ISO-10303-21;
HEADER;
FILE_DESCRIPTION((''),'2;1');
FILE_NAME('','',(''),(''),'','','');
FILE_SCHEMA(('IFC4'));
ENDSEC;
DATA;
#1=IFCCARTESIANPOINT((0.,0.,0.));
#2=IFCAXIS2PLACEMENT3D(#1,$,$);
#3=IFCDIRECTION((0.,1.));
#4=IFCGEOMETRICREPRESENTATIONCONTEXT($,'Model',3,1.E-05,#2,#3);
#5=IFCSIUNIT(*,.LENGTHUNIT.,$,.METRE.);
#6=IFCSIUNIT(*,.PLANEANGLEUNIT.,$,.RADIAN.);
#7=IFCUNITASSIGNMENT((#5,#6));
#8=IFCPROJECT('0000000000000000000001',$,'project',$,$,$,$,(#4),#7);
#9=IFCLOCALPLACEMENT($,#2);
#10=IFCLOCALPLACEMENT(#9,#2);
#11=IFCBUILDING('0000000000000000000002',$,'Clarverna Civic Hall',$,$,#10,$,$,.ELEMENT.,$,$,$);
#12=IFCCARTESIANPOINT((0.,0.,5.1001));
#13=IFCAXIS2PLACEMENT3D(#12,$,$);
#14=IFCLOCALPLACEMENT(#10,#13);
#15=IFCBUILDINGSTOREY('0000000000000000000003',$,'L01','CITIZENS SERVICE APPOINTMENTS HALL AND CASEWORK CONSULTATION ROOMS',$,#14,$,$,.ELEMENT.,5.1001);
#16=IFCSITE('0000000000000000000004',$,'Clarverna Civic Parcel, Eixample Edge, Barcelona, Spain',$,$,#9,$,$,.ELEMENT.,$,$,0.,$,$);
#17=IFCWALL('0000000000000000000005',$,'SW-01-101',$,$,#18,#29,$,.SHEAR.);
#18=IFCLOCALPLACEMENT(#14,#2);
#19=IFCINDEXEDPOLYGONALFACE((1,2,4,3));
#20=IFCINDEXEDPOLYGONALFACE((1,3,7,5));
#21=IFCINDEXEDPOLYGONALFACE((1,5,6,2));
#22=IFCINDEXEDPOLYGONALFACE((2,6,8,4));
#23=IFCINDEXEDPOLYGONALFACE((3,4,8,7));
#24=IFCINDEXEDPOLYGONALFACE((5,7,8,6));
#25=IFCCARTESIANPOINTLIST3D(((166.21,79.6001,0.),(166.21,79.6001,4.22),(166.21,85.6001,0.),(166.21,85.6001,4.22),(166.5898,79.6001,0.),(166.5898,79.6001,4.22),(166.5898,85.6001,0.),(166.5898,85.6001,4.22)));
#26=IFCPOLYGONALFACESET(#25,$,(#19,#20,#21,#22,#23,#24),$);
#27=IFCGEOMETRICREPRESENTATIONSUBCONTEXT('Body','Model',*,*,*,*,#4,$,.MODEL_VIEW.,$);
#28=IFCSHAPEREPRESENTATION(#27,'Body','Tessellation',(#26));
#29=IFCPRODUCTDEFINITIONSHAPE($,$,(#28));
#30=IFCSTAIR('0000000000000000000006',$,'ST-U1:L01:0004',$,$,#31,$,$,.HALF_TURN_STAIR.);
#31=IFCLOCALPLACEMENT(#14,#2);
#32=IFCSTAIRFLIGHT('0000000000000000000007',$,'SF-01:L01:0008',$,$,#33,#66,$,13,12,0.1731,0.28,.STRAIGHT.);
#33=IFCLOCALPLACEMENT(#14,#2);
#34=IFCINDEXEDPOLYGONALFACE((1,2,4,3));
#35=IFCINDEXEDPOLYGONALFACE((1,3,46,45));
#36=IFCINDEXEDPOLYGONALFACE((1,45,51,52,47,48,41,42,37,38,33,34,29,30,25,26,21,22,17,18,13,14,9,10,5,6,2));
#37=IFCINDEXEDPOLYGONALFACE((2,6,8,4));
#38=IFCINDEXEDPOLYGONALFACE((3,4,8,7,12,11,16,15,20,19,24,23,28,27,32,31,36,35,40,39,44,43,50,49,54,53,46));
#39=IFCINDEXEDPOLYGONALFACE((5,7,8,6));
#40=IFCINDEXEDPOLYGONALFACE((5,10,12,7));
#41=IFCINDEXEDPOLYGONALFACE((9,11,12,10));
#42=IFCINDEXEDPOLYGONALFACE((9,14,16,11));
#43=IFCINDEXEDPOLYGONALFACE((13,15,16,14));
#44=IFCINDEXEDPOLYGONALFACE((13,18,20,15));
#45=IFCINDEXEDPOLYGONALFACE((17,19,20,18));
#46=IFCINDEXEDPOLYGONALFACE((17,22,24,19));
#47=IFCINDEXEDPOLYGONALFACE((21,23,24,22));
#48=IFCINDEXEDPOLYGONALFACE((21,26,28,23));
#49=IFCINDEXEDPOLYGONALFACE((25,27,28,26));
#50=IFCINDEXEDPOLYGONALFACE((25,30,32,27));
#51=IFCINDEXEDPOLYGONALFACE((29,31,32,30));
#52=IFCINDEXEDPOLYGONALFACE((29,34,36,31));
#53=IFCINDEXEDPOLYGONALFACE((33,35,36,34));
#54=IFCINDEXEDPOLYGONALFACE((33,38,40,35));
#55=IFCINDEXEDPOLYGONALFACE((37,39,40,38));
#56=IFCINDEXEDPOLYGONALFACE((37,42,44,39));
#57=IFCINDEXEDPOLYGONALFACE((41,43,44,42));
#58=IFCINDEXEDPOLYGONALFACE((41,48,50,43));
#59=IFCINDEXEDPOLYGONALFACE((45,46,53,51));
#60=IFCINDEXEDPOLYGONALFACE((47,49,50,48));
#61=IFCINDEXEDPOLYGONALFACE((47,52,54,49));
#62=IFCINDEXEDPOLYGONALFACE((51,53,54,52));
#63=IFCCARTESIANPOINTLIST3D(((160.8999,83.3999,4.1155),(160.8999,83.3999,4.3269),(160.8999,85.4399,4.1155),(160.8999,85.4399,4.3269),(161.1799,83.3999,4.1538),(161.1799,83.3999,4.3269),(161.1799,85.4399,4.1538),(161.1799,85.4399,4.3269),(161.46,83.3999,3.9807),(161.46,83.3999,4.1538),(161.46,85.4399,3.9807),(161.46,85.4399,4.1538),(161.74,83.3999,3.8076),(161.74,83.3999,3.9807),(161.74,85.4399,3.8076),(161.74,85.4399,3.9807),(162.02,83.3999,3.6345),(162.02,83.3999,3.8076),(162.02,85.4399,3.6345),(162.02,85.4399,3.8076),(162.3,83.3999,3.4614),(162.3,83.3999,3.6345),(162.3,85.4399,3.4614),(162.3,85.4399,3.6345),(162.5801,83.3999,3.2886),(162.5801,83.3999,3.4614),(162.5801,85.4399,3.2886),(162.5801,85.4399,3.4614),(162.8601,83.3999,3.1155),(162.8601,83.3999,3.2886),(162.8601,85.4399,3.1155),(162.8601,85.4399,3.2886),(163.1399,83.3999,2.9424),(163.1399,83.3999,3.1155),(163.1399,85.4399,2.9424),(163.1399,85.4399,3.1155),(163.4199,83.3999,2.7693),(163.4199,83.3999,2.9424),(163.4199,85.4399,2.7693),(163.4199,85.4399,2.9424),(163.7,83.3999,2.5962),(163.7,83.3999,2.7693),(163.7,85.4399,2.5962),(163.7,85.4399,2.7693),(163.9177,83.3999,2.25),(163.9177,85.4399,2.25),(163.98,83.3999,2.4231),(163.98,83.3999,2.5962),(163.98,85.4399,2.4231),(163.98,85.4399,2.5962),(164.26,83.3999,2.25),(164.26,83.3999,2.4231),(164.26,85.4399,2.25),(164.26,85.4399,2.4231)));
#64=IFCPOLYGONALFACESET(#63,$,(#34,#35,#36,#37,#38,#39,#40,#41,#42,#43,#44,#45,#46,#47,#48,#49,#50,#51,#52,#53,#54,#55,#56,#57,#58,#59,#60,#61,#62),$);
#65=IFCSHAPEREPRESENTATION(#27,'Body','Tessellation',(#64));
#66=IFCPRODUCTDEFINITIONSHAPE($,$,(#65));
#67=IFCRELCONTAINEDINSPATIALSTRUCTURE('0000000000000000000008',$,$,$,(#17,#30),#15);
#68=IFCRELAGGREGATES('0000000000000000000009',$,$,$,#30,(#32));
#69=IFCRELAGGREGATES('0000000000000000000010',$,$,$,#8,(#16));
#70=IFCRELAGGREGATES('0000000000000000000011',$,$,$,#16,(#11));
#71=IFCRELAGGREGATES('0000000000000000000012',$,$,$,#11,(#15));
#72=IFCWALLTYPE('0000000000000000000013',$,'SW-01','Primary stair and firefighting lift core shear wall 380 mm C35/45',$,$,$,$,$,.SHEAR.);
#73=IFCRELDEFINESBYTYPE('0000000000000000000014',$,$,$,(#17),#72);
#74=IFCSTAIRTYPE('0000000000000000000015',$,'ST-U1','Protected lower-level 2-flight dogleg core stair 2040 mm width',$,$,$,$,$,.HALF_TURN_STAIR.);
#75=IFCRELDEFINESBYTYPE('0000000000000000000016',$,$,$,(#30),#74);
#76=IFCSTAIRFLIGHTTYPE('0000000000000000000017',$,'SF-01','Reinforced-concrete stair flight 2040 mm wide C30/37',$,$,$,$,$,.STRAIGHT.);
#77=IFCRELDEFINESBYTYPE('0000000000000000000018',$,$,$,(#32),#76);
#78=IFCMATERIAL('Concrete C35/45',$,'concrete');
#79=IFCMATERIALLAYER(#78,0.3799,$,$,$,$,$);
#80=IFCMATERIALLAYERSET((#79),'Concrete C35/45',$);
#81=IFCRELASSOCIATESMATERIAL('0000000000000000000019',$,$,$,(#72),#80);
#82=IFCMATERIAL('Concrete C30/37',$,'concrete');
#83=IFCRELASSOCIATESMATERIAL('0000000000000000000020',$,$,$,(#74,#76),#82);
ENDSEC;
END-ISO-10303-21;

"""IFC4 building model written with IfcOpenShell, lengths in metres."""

from ifc_helpers import new_model, si_unit, direction, frame, frame_2d, origin, place, context, subcontext, project, spatial, polyline, rectangle, outline, extrude, material, layer, layer_set, type_object, element, aggregate, save


model = new_model("IFC4")

# Units and contexts
model_context = context("Model", 3, precision=1e-05, world=origin(), true_north=direction((0.0, 1.0)))
body_context = subcontext(model_context, "Body", "Model", "MODEL_VIEW")
ifc_project = project(units=[si_unit("LENGTHUNIT", "METRE"), si_unit("PLANEANGLEUNIT", "RADIAN")], contexts=[model_context])

# Site, building, storey
site_placement = place(None, origin())
site = spatial("IfcSite", under=ifc_project, at=site_placement, Name="Clarverna Civic Parcel, Eixample Edge, Barcelona, Spain", CompositionType="ELEMENT", RefElevation=0.0)
building_placement = place(site_placement, origin())
building = spatial("IfcBuilding", under=site, at=building_placement, Name="Clarverna Civic Hall", CompositionType="ELEMENT")
storey_placement = place(building_placement, frame((0.0, 0.0, 5.1001)))
storey = spatial("IfcBuildingStorey", under=building, at=storey_placement, Name="L01", Description="CITIZENS SERVICE APPOINTMENTS HALL AND CASEWORK CONSULTATION ROOMS", CompositionType="ELEMENT", Elevation=5.1001)

# Shared definitions
ifc_material_1 = material(Name="Concrete C35/45", Category="concrete")

# Wall
ifc_layer_1 = layer(ifc_material_1, 0.3799)
ifc_layer_set_1 = layer_set([ifc_layer_1], Name="Concrete C35/45")
wall_type = type_object("IfcWallType", Name="SW-01", Description="Primary stair and firefighting lift core shear wall 380 mm C35/45", PredefinedType="SHEAR", material=ifc_layer_set_1)
wall_placement = place(storey_placement, frame((166.3999, 79.6001, 0.0), z_axis=(0.0, 0.0, 1.0), x_axis=(0.0, 1.0, 0.0)))
element("IfcWall", 1, at=wall_placement, inside=storey, type_object=wall_type, Name="SW-01-101", PredefinedType="SHEAR", context=body_context, shape_type="SweptSolid", body=[
    extrude(rectangle(XDim=6.0, YDim=0.3799, at=frame_2d((3.0, 0.0))), origin(), (0.0, 0.0, 1.0), 4.22),
])

# Stair, stair flight
ifc_material_2 = material(Name="Concrete C30/37", Category="concrete")
stair_type = type_object("IfcStairType", Name="ST-U1", Description="Protected lower-level 2-flight dogleg core stair 2040 mm width", PredefinedType="HALF_TURN_STAIR", material=ifc_material_2)
stair_placement = place(storey_placement, origin())
stair = element("IfcStair", 2, at=stair_placement, inside=storey, type_object=stair_type, Name="ST-U1:L01:0004", PredefinedType="HALF_TURN_STAIR")
stair_flight_type = type_object("IfcStairFlightType", Name="SF-01", Description="Reinforced-concrete stair flight 2040 mm wide C30/37", PredefinedType="STRAIGHT", material=ifc_material_2)
stair_flight_placement = place(storey_placement, frame((164.26, 84.4199, 2.25), z_axis=(0.0, 0.0, 1.0), x_axis=(-1.0, 0.0, 0.0)))
stair_flight = element("IfcStairFlight", 3, at=stair_flight_placement, type_object=stair_flight_type, Name="SF-01:L01:0008", NumberOfRisers=13, NumberOfTreads=12, PredefinedType="STRAIGHT", RiserHeight=0.1731, TreadLength=0.28, context=body_context, shape_type="SweptSolid", body=[
    extrude(outline(polyline([(0.0, 0.0), (0.0, 0.1731), (0.28, 0.1731), (0.28, 0.3462), (0.5601, 0.3462), (0.5601, 0.5193), (0.8401, 0.5193), (0.8401, 0.6924), (1.1201, 0.6924), (1.1201, 0.8655), (1.3999, 0.8655), (1.3999, 1.0386), (1.6799, 1.0386), (1.6799, 1.2114), (1.96, 1.2114), (1.96, 1.3845), (2.24, 1.3845), (2.24, 1.5576), (2.52, 1.5576), (2.52, 1.7307), (2.8, 1.7307), (2.8, 1.9038), (3.0801, 1.9038), (3.0801, 2.0769), (3.3601, 2.0769), (3.3601, 2.25), (3.3601, 1.8655), (0.3423, 0.0), (0.0, 0.0)])), frame((0.0, 1.02, 0.0), z_axis=(0.0, -1.0, 0.0), x_axis=(1.0, 0.0, 0.0)), (0.0, 0.0, 1.0), 2.04),
])
aggregate(stair, [stair_flight])

save(model, "model.ifc")
